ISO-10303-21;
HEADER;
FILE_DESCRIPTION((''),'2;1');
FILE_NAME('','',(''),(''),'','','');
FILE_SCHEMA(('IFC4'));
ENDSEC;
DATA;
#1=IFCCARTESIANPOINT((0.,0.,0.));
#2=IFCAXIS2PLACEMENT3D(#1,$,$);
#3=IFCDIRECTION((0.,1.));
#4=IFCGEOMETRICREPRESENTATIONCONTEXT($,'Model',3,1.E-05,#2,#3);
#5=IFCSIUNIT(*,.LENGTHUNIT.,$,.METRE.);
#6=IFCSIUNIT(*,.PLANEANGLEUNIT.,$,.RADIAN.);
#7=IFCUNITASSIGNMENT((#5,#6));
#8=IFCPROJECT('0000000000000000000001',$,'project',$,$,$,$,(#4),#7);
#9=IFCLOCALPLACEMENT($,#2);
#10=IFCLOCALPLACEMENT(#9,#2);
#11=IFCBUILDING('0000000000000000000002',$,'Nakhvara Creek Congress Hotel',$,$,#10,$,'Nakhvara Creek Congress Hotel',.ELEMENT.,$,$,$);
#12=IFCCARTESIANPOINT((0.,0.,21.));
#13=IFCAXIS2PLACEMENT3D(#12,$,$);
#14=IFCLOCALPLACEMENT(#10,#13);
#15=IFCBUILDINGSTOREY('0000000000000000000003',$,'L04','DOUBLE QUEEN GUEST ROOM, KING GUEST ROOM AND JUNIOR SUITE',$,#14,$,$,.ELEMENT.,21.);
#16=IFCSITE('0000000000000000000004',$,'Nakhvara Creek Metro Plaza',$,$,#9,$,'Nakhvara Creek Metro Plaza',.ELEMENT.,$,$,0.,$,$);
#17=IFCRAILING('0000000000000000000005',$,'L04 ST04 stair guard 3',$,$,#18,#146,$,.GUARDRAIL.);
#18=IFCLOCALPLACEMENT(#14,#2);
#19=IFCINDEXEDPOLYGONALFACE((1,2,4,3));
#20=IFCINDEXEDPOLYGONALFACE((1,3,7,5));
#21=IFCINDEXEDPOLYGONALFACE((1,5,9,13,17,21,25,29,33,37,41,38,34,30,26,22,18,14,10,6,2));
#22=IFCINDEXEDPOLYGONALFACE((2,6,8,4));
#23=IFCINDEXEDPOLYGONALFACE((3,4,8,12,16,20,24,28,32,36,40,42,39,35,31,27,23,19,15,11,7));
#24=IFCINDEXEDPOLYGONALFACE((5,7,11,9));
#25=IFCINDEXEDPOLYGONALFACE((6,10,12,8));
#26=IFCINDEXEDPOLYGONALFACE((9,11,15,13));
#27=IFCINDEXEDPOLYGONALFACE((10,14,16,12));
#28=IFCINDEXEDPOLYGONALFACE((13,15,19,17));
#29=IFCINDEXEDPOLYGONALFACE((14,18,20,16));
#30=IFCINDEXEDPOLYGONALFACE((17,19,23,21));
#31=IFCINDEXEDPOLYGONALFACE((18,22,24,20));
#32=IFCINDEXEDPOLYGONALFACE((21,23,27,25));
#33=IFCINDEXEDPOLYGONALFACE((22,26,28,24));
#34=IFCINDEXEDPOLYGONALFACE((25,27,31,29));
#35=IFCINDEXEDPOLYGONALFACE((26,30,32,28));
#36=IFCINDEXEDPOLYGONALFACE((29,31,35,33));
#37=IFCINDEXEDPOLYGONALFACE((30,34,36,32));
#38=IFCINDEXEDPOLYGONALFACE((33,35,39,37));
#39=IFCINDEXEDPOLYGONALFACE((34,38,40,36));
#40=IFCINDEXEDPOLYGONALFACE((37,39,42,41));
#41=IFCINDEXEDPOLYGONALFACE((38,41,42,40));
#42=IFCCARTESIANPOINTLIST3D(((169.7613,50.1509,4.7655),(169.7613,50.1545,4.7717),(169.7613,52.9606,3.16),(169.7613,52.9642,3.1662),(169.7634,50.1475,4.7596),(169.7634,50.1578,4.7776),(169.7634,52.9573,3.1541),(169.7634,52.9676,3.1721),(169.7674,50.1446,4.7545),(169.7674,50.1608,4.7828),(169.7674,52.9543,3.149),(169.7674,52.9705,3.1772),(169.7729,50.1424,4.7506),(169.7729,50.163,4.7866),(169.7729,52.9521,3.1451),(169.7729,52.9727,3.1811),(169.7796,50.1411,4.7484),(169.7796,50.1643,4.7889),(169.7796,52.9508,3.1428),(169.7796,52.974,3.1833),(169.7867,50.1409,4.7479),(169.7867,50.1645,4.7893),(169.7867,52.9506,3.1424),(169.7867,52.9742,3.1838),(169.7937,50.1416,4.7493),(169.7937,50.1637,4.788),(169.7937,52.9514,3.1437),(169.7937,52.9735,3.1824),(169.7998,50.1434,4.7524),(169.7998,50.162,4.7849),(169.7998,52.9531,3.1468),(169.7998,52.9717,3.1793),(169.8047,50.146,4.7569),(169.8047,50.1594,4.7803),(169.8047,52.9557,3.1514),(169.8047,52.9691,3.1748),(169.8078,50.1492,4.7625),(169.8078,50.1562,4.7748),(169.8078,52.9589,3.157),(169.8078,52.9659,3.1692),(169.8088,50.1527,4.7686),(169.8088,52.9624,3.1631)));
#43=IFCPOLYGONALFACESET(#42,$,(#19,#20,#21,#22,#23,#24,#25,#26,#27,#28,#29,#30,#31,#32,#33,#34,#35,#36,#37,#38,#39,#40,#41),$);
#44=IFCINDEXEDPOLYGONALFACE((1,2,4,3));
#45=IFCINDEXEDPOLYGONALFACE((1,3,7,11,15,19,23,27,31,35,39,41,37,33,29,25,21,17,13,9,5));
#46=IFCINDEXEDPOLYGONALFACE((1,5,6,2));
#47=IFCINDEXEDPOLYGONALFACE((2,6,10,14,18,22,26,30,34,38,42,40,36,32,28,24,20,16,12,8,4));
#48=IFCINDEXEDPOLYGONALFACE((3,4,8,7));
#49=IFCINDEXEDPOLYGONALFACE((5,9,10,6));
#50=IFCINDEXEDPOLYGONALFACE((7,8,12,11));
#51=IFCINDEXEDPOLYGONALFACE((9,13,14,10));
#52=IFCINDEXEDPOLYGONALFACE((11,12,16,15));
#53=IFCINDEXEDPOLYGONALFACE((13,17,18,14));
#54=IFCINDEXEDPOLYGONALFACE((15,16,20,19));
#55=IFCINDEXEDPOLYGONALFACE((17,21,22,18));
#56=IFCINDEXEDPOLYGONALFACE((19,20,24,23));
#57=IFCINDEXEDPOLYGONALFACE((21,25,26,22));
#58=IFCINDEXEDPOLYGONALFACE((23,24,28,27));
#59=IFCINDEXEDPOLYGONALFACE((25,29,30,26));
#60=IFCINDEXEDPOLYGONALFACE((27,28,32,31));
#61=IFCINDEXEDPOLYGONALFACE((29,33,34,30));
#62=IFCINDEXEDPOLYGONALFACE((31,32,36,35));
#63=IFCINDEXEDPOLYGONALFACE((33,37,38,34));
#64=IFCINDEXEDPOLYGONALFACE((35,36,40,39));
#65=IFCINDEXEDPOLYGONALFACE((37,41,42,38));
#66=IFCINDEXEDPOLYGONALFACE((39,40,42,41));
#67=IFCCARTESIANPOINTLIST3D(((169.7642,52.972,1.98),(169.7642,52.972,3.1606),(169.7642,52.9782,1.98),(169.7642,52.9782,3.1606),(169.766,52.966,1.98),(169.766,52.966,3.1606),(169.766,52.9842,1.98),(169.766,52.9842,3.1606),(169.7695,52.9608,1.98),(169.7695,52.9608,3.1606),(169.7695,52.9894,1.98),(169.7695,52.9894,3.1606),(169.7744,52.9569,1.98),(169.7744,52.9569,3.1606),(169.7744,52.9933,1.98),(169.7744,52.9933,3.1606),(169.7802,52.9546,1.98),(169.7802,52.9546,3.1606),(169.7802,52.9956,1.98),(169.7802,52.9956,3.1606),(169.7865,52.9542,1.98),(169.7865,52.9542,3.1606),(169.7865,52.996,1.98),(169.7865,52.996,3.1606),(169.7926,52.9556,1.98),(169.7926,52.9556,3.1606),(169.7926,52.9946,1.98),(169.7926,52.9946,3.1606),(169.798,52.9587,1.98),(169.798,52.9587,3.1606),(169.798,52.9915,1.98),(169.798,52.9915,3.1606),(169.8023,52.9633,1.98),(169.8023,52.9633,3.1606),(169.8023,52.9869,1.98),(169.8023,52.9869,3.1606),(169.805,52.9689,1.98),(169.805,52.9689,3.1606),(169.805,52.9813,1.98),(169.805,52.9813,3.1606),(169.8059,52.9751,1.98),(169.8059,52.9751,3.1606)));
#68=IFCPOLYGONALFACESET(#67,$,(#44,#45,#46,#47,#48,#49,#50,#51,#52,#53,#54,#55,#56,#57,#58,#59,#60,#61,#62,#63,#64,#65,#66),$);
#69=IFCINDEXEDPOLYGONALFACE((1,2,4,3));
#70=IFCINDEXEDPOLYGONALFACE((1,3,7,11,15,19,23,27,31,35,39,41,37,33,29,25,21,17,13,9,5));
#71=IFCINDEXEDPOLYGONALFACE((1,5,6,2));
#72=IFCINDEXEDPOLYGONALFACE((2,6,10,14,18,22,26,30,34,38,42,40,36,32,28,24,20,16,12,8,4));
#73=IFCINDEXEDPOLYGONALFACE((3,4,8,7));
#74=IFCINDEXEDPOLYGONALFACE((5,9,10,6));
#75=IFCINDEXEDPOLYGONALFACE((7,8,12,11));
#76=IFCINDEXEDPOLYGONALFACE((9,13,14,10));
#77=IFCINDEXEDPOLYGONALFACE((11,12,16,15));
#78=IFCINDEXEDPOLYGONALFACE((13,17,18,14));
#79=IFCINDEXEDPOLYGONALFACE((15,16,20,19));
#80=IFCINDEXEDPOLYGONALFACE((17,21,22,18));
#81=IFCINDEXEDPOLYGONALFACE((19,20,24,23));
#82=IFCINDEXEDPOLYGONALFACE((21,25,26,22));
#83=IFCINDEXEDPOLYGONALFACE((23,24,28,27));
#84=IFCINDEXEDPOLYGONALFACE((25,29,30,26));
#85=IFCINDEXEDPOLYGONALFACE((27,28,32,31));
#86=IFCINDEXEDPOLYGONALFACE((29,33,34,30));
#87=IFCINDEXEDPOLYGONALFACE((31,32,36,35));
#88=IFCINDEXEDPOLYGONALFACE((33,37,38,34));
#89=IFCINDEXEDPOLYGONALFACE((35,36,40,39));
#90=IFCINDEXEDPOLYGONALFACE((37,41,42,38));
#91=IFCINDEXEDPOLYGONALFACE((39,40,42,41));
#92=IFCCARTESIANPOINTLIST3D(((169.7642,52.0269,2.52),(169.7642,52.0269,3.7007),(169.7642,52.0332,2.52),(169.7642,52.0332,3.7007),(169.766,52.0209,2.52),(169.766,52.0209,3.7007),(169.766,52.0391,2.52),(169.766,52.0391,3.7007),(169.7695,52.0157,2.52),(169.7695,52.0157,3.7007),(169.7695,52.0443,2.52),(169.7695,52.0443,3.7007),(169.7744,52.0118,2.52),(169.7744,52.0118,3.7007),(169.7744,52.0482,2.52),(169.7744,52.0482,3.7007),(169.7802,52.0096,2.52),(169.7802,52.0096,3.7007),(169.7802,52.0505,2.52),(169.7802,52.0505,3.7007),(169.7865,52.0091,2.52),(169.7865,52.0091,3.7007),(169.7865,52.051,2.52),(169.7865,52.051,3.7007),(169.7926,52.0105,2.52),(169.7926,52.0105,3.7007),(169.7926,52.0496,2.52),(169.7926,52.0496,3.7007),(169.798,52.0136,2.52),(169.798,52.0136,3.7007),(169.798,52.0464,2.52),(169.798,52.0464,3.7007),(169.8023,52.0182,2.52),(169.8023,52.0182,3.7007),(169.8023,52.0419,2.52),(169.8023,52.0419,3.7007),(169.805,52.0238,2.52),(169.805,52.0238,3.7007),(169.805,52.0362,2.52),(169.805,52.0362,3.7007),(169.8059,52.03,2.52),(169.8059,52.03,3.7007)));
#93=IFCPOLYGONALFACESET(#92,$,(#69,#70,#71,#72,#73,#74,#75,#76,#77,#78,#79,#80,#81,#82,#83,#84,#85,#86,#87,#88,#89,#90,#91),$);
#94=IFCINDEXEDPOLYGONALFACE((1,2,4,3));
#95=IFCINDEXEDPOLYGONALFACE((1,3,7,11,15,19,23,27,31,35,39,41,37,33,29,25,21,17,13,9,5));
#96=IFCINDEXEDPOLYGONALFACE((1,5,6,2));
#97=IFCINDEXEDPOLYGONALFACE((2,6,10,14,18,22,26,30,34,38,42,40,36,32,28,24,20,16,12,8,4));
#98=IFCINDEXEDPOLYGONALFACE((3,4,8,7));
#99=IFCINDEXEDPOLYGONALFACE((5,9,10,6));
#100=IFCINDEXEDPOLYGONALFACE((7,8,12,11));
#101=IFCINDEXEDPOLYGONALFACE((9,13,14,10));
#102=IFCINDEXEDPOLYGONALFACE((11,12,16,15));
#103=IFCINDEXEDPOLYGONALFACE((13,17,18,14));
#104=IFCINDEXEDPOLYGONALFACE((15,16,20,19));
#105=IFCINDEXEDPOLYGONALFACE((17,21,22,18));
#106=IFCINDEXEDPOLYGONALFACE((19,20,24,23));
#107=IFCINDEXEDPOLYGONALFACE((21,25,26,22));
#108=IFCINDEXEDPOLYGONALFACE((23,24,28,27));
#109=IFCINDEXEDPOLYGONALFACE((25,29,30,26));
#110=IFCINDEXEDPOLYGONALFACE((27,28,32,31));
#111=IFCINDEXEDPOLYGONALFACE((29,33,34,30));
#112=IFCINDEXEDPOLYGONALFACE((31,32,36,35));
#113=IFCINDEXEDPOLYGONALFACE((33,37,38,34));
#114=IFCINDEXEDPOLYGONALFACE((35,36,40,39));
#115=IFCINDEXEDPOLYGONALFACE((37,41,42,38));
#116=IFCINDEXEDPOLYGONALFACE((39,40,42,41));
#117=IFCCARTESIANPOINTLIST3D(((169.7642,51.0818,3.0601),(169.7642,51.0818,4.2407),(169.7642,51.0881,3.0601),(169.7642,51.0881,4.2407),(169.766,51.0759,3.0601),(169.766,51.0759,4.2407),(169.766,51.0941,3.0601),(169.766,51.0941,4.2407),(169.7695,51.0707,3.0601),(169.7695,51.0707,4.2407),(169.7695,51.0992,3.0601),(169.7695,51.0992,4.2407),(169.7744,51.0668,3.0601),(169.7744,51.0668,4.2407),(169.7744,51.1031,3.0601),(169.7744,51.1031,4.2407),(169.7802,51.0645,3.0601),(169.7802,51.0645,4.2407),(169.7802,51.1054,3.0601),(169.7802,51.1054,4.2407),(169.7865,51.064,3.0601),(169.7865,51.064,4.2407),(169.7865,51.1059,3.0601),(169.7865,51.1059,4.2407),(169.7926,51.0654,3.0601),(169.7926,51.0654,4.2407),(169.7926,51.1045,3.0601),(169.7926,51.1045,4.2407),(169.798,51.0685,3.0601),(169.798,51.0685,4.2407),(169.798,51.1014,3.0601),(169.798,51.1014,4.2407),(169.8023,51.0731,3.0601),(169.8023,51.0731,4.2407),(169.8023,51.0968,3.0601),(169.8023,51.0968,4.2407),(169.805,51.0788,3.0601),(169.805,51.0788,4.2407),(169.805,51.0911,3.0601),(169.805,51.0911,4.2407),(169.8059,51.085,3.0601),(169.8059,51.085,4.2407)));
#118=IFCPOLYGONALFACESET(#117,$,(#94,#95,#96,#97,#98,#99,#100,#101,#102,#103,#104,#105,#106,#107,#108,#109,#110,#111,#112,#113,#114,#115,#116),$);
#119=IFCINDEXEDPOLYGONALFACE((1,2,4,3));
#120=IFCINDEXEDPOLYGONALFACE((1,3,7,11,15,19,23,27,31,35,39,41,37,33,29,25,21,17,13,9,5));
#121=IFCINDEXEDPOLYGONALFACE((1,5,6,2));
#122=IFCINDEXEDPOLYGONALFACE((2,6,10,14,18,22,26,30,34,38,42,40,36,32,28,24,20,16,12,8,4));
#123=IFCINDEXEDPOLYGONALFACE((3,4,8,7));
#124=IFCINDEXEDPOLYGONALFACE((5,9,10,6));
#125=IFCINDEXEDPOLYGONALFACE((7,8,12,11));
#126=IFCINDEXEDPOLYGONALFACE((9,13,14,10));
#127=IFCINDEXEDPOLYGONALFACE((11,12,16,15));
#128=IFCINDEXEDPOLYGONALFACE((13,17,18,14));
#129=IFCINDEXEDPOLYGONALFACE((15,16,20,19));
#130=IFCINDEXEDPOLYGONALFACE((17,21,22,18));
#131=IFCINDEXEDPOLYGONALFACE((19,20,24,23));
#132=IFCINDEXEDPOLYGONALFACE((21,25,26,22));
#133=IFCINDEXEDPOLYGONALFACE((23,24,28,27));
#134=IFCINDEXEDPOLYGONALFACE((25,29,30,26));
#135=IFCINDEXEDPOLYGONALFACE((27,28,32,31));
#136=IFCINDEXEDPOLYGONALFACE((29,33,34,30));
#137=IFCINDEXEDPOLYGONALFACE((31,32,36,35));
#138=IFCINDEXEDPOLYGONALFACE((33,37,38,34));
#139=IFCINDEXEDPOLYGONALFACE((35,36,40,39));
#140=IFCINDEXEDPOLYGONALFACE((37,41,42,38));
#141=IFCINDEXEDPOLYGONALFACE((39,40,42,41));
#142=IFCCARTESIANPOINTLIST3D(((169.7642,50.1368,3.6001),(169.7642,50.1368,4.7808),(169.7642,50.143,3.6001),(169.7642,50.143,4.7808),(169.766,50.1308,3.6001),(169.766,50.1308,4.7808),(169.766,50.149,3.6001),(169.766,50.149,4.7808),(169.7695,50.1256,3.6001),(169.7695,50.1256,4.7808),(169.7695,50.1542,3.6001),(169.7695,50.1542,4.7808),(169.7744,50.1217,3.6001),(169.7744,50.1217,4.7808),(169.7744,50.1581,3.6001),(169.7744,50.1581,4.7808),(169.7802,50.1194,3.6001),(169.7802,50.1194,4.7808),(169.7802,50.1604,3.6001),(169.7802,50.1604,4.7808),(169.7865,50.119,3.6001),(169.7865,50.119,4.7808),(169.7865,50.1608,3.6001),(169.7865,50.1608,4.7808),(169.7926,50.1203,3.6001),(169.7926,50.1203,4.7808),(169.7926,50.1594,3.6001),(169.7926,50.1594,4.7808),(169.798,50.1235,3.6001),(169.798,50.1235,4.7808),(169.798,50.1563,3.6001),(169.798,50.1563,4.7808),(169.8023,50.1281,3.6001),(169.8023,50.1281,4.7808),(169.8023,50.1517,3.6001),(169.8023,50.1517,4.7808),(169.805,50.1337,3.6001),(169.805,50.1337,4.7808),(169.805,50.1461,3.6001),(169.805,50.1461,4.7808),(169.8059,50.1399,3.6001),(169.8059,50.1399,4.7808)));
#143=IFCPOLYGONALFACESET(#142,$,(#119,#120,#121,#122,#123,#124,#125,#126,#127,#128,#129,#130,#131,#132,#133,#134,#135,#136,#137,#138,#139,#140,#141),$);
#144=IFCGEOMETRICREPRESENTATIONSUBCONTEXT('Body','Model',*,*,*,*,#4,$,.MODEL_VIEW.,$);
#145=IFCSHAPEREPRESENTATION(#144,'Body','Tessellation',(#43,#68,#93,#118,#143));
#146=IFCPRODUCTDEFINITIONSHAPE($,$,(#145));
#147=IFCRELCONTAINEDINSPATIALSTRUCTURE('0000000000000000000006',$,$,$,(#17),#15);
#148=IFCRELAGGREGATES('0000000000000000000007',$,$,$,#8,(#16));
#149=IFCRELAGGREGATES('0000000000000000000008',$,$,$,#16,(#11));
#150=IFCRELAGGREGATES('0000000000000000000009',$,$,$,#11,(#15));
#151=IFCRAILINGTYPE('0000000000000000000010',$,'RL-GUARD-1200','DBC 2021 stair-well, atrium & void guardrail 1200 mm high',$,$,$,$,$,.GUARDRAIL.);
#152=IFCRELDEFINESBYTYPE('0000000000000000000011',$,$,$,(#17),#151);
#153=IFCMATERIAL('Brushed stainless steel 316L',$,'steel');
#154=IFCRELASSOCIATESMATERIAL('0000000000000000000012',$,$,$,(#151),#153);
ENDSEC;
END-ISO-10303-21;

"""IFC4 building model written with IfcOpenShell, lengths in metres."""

from ifc_helpers import new_model, si_unit, direction, frame, origin, origin_2d, place, context, subcontext, project, spatial, circle, extrude, material, type_object, element, save


model = new_model("IFC4")

# Units and contexts
model_context = context("Model", 3, precision=1e-05, world=origin(), true_north=direction((0.0, 1.0)))
body_context = subcontext(model_context, "Body", "Model", "MODEL_VIEW")
ifc_project = project(units=[si_unit("LENGTHUNIT", "METRE"), si_unit("PLANEANGLEUNIT", "RADIAN")], contexts=[model_context])

# Site, building, storey
site_placement = place(None, origin())
site = spatial("IfcSite", under=ifc_project, at=site_placement, Name="Nakhvara Creek Metro Plaza", LongName="Nakhvara Creek Metro Plaza", CompositionType="ELEMENT", RefElevation=0.0)
building_placement = place(site_placement, origin())
building = spatial("IfcBuilding", under=site, at=building_placement, Name="Nakhvara Creek Congress Hotel", LongName="Nakhvara Creek Congress Hotel", CompositionType="ELEMENT")
storey_placement = place(building_placement, frame((0.0, 0.0, 21.0)))
storey = spatial("IfcBuildingStorey", under=building, at=storey_placement, Name="L04", Description="DOUBLE QUEEN GUEST ROOM, KING GUEST ROOM AND JUNIOR SUITE", CompositionType="ELEMENT", Elevation=21.0)

# Railing
ifc_material_1 = material(Name="Brushed stainless steel 316L", Category="steel")
railing_type_1 = type_object("IfcRailingType", Name="RL-GUARD-1200", Description="DBC 2021 stair-well, atrium & void guardrail 1200 mm high", PredefinedType="GUARDRAIL", material=ifc_material_1)
railing_1_placement = place(storey_placement, frame((169.7849, 52.9751, 1.98)))
element("IfcRailing", 1, at=railing_1_placement, inside=storey, type_object=railing_type_1, Name="L04 ST04 stair guard 3", PredefinedType="GUARDRAIL", context=body_context, shape_type="SweptSolid", body=[
    extrude(circle(Radius=0.0239, at=origin_2d()), frame((0.0, -0.0127, 1.1831), z_axis=(0.0, -0.868243, 0.496139), x_axis=(1.0, 0.0, 0.0)), (0.0, 0.0, 1.0), 3.2361),
    extrude(circle(Radius=0.021, at=origin_2d()), origin(), (0.0, 0.0, 1.0), 1.1807),
    extrude(circle(Radius=0.021, at=origin_2d()), frame((0.0, -0.9451, 0.54)), (0.0, 0.0, 1.0), 1.1807),
    extrude(circle(Radius=0.021, at=origin_2d()), frame((0.0, -1.8901, 1.0801)), (0.0, 0.0, 1.0), 1.1807),
    extrude(circle(Radius=0.021, at=origin_2d()), frame((0.0, -2.8352, 1.6201)), (0.0, 0.0, 1.0), 1.1807),
])

save(model, "model.ifc")
